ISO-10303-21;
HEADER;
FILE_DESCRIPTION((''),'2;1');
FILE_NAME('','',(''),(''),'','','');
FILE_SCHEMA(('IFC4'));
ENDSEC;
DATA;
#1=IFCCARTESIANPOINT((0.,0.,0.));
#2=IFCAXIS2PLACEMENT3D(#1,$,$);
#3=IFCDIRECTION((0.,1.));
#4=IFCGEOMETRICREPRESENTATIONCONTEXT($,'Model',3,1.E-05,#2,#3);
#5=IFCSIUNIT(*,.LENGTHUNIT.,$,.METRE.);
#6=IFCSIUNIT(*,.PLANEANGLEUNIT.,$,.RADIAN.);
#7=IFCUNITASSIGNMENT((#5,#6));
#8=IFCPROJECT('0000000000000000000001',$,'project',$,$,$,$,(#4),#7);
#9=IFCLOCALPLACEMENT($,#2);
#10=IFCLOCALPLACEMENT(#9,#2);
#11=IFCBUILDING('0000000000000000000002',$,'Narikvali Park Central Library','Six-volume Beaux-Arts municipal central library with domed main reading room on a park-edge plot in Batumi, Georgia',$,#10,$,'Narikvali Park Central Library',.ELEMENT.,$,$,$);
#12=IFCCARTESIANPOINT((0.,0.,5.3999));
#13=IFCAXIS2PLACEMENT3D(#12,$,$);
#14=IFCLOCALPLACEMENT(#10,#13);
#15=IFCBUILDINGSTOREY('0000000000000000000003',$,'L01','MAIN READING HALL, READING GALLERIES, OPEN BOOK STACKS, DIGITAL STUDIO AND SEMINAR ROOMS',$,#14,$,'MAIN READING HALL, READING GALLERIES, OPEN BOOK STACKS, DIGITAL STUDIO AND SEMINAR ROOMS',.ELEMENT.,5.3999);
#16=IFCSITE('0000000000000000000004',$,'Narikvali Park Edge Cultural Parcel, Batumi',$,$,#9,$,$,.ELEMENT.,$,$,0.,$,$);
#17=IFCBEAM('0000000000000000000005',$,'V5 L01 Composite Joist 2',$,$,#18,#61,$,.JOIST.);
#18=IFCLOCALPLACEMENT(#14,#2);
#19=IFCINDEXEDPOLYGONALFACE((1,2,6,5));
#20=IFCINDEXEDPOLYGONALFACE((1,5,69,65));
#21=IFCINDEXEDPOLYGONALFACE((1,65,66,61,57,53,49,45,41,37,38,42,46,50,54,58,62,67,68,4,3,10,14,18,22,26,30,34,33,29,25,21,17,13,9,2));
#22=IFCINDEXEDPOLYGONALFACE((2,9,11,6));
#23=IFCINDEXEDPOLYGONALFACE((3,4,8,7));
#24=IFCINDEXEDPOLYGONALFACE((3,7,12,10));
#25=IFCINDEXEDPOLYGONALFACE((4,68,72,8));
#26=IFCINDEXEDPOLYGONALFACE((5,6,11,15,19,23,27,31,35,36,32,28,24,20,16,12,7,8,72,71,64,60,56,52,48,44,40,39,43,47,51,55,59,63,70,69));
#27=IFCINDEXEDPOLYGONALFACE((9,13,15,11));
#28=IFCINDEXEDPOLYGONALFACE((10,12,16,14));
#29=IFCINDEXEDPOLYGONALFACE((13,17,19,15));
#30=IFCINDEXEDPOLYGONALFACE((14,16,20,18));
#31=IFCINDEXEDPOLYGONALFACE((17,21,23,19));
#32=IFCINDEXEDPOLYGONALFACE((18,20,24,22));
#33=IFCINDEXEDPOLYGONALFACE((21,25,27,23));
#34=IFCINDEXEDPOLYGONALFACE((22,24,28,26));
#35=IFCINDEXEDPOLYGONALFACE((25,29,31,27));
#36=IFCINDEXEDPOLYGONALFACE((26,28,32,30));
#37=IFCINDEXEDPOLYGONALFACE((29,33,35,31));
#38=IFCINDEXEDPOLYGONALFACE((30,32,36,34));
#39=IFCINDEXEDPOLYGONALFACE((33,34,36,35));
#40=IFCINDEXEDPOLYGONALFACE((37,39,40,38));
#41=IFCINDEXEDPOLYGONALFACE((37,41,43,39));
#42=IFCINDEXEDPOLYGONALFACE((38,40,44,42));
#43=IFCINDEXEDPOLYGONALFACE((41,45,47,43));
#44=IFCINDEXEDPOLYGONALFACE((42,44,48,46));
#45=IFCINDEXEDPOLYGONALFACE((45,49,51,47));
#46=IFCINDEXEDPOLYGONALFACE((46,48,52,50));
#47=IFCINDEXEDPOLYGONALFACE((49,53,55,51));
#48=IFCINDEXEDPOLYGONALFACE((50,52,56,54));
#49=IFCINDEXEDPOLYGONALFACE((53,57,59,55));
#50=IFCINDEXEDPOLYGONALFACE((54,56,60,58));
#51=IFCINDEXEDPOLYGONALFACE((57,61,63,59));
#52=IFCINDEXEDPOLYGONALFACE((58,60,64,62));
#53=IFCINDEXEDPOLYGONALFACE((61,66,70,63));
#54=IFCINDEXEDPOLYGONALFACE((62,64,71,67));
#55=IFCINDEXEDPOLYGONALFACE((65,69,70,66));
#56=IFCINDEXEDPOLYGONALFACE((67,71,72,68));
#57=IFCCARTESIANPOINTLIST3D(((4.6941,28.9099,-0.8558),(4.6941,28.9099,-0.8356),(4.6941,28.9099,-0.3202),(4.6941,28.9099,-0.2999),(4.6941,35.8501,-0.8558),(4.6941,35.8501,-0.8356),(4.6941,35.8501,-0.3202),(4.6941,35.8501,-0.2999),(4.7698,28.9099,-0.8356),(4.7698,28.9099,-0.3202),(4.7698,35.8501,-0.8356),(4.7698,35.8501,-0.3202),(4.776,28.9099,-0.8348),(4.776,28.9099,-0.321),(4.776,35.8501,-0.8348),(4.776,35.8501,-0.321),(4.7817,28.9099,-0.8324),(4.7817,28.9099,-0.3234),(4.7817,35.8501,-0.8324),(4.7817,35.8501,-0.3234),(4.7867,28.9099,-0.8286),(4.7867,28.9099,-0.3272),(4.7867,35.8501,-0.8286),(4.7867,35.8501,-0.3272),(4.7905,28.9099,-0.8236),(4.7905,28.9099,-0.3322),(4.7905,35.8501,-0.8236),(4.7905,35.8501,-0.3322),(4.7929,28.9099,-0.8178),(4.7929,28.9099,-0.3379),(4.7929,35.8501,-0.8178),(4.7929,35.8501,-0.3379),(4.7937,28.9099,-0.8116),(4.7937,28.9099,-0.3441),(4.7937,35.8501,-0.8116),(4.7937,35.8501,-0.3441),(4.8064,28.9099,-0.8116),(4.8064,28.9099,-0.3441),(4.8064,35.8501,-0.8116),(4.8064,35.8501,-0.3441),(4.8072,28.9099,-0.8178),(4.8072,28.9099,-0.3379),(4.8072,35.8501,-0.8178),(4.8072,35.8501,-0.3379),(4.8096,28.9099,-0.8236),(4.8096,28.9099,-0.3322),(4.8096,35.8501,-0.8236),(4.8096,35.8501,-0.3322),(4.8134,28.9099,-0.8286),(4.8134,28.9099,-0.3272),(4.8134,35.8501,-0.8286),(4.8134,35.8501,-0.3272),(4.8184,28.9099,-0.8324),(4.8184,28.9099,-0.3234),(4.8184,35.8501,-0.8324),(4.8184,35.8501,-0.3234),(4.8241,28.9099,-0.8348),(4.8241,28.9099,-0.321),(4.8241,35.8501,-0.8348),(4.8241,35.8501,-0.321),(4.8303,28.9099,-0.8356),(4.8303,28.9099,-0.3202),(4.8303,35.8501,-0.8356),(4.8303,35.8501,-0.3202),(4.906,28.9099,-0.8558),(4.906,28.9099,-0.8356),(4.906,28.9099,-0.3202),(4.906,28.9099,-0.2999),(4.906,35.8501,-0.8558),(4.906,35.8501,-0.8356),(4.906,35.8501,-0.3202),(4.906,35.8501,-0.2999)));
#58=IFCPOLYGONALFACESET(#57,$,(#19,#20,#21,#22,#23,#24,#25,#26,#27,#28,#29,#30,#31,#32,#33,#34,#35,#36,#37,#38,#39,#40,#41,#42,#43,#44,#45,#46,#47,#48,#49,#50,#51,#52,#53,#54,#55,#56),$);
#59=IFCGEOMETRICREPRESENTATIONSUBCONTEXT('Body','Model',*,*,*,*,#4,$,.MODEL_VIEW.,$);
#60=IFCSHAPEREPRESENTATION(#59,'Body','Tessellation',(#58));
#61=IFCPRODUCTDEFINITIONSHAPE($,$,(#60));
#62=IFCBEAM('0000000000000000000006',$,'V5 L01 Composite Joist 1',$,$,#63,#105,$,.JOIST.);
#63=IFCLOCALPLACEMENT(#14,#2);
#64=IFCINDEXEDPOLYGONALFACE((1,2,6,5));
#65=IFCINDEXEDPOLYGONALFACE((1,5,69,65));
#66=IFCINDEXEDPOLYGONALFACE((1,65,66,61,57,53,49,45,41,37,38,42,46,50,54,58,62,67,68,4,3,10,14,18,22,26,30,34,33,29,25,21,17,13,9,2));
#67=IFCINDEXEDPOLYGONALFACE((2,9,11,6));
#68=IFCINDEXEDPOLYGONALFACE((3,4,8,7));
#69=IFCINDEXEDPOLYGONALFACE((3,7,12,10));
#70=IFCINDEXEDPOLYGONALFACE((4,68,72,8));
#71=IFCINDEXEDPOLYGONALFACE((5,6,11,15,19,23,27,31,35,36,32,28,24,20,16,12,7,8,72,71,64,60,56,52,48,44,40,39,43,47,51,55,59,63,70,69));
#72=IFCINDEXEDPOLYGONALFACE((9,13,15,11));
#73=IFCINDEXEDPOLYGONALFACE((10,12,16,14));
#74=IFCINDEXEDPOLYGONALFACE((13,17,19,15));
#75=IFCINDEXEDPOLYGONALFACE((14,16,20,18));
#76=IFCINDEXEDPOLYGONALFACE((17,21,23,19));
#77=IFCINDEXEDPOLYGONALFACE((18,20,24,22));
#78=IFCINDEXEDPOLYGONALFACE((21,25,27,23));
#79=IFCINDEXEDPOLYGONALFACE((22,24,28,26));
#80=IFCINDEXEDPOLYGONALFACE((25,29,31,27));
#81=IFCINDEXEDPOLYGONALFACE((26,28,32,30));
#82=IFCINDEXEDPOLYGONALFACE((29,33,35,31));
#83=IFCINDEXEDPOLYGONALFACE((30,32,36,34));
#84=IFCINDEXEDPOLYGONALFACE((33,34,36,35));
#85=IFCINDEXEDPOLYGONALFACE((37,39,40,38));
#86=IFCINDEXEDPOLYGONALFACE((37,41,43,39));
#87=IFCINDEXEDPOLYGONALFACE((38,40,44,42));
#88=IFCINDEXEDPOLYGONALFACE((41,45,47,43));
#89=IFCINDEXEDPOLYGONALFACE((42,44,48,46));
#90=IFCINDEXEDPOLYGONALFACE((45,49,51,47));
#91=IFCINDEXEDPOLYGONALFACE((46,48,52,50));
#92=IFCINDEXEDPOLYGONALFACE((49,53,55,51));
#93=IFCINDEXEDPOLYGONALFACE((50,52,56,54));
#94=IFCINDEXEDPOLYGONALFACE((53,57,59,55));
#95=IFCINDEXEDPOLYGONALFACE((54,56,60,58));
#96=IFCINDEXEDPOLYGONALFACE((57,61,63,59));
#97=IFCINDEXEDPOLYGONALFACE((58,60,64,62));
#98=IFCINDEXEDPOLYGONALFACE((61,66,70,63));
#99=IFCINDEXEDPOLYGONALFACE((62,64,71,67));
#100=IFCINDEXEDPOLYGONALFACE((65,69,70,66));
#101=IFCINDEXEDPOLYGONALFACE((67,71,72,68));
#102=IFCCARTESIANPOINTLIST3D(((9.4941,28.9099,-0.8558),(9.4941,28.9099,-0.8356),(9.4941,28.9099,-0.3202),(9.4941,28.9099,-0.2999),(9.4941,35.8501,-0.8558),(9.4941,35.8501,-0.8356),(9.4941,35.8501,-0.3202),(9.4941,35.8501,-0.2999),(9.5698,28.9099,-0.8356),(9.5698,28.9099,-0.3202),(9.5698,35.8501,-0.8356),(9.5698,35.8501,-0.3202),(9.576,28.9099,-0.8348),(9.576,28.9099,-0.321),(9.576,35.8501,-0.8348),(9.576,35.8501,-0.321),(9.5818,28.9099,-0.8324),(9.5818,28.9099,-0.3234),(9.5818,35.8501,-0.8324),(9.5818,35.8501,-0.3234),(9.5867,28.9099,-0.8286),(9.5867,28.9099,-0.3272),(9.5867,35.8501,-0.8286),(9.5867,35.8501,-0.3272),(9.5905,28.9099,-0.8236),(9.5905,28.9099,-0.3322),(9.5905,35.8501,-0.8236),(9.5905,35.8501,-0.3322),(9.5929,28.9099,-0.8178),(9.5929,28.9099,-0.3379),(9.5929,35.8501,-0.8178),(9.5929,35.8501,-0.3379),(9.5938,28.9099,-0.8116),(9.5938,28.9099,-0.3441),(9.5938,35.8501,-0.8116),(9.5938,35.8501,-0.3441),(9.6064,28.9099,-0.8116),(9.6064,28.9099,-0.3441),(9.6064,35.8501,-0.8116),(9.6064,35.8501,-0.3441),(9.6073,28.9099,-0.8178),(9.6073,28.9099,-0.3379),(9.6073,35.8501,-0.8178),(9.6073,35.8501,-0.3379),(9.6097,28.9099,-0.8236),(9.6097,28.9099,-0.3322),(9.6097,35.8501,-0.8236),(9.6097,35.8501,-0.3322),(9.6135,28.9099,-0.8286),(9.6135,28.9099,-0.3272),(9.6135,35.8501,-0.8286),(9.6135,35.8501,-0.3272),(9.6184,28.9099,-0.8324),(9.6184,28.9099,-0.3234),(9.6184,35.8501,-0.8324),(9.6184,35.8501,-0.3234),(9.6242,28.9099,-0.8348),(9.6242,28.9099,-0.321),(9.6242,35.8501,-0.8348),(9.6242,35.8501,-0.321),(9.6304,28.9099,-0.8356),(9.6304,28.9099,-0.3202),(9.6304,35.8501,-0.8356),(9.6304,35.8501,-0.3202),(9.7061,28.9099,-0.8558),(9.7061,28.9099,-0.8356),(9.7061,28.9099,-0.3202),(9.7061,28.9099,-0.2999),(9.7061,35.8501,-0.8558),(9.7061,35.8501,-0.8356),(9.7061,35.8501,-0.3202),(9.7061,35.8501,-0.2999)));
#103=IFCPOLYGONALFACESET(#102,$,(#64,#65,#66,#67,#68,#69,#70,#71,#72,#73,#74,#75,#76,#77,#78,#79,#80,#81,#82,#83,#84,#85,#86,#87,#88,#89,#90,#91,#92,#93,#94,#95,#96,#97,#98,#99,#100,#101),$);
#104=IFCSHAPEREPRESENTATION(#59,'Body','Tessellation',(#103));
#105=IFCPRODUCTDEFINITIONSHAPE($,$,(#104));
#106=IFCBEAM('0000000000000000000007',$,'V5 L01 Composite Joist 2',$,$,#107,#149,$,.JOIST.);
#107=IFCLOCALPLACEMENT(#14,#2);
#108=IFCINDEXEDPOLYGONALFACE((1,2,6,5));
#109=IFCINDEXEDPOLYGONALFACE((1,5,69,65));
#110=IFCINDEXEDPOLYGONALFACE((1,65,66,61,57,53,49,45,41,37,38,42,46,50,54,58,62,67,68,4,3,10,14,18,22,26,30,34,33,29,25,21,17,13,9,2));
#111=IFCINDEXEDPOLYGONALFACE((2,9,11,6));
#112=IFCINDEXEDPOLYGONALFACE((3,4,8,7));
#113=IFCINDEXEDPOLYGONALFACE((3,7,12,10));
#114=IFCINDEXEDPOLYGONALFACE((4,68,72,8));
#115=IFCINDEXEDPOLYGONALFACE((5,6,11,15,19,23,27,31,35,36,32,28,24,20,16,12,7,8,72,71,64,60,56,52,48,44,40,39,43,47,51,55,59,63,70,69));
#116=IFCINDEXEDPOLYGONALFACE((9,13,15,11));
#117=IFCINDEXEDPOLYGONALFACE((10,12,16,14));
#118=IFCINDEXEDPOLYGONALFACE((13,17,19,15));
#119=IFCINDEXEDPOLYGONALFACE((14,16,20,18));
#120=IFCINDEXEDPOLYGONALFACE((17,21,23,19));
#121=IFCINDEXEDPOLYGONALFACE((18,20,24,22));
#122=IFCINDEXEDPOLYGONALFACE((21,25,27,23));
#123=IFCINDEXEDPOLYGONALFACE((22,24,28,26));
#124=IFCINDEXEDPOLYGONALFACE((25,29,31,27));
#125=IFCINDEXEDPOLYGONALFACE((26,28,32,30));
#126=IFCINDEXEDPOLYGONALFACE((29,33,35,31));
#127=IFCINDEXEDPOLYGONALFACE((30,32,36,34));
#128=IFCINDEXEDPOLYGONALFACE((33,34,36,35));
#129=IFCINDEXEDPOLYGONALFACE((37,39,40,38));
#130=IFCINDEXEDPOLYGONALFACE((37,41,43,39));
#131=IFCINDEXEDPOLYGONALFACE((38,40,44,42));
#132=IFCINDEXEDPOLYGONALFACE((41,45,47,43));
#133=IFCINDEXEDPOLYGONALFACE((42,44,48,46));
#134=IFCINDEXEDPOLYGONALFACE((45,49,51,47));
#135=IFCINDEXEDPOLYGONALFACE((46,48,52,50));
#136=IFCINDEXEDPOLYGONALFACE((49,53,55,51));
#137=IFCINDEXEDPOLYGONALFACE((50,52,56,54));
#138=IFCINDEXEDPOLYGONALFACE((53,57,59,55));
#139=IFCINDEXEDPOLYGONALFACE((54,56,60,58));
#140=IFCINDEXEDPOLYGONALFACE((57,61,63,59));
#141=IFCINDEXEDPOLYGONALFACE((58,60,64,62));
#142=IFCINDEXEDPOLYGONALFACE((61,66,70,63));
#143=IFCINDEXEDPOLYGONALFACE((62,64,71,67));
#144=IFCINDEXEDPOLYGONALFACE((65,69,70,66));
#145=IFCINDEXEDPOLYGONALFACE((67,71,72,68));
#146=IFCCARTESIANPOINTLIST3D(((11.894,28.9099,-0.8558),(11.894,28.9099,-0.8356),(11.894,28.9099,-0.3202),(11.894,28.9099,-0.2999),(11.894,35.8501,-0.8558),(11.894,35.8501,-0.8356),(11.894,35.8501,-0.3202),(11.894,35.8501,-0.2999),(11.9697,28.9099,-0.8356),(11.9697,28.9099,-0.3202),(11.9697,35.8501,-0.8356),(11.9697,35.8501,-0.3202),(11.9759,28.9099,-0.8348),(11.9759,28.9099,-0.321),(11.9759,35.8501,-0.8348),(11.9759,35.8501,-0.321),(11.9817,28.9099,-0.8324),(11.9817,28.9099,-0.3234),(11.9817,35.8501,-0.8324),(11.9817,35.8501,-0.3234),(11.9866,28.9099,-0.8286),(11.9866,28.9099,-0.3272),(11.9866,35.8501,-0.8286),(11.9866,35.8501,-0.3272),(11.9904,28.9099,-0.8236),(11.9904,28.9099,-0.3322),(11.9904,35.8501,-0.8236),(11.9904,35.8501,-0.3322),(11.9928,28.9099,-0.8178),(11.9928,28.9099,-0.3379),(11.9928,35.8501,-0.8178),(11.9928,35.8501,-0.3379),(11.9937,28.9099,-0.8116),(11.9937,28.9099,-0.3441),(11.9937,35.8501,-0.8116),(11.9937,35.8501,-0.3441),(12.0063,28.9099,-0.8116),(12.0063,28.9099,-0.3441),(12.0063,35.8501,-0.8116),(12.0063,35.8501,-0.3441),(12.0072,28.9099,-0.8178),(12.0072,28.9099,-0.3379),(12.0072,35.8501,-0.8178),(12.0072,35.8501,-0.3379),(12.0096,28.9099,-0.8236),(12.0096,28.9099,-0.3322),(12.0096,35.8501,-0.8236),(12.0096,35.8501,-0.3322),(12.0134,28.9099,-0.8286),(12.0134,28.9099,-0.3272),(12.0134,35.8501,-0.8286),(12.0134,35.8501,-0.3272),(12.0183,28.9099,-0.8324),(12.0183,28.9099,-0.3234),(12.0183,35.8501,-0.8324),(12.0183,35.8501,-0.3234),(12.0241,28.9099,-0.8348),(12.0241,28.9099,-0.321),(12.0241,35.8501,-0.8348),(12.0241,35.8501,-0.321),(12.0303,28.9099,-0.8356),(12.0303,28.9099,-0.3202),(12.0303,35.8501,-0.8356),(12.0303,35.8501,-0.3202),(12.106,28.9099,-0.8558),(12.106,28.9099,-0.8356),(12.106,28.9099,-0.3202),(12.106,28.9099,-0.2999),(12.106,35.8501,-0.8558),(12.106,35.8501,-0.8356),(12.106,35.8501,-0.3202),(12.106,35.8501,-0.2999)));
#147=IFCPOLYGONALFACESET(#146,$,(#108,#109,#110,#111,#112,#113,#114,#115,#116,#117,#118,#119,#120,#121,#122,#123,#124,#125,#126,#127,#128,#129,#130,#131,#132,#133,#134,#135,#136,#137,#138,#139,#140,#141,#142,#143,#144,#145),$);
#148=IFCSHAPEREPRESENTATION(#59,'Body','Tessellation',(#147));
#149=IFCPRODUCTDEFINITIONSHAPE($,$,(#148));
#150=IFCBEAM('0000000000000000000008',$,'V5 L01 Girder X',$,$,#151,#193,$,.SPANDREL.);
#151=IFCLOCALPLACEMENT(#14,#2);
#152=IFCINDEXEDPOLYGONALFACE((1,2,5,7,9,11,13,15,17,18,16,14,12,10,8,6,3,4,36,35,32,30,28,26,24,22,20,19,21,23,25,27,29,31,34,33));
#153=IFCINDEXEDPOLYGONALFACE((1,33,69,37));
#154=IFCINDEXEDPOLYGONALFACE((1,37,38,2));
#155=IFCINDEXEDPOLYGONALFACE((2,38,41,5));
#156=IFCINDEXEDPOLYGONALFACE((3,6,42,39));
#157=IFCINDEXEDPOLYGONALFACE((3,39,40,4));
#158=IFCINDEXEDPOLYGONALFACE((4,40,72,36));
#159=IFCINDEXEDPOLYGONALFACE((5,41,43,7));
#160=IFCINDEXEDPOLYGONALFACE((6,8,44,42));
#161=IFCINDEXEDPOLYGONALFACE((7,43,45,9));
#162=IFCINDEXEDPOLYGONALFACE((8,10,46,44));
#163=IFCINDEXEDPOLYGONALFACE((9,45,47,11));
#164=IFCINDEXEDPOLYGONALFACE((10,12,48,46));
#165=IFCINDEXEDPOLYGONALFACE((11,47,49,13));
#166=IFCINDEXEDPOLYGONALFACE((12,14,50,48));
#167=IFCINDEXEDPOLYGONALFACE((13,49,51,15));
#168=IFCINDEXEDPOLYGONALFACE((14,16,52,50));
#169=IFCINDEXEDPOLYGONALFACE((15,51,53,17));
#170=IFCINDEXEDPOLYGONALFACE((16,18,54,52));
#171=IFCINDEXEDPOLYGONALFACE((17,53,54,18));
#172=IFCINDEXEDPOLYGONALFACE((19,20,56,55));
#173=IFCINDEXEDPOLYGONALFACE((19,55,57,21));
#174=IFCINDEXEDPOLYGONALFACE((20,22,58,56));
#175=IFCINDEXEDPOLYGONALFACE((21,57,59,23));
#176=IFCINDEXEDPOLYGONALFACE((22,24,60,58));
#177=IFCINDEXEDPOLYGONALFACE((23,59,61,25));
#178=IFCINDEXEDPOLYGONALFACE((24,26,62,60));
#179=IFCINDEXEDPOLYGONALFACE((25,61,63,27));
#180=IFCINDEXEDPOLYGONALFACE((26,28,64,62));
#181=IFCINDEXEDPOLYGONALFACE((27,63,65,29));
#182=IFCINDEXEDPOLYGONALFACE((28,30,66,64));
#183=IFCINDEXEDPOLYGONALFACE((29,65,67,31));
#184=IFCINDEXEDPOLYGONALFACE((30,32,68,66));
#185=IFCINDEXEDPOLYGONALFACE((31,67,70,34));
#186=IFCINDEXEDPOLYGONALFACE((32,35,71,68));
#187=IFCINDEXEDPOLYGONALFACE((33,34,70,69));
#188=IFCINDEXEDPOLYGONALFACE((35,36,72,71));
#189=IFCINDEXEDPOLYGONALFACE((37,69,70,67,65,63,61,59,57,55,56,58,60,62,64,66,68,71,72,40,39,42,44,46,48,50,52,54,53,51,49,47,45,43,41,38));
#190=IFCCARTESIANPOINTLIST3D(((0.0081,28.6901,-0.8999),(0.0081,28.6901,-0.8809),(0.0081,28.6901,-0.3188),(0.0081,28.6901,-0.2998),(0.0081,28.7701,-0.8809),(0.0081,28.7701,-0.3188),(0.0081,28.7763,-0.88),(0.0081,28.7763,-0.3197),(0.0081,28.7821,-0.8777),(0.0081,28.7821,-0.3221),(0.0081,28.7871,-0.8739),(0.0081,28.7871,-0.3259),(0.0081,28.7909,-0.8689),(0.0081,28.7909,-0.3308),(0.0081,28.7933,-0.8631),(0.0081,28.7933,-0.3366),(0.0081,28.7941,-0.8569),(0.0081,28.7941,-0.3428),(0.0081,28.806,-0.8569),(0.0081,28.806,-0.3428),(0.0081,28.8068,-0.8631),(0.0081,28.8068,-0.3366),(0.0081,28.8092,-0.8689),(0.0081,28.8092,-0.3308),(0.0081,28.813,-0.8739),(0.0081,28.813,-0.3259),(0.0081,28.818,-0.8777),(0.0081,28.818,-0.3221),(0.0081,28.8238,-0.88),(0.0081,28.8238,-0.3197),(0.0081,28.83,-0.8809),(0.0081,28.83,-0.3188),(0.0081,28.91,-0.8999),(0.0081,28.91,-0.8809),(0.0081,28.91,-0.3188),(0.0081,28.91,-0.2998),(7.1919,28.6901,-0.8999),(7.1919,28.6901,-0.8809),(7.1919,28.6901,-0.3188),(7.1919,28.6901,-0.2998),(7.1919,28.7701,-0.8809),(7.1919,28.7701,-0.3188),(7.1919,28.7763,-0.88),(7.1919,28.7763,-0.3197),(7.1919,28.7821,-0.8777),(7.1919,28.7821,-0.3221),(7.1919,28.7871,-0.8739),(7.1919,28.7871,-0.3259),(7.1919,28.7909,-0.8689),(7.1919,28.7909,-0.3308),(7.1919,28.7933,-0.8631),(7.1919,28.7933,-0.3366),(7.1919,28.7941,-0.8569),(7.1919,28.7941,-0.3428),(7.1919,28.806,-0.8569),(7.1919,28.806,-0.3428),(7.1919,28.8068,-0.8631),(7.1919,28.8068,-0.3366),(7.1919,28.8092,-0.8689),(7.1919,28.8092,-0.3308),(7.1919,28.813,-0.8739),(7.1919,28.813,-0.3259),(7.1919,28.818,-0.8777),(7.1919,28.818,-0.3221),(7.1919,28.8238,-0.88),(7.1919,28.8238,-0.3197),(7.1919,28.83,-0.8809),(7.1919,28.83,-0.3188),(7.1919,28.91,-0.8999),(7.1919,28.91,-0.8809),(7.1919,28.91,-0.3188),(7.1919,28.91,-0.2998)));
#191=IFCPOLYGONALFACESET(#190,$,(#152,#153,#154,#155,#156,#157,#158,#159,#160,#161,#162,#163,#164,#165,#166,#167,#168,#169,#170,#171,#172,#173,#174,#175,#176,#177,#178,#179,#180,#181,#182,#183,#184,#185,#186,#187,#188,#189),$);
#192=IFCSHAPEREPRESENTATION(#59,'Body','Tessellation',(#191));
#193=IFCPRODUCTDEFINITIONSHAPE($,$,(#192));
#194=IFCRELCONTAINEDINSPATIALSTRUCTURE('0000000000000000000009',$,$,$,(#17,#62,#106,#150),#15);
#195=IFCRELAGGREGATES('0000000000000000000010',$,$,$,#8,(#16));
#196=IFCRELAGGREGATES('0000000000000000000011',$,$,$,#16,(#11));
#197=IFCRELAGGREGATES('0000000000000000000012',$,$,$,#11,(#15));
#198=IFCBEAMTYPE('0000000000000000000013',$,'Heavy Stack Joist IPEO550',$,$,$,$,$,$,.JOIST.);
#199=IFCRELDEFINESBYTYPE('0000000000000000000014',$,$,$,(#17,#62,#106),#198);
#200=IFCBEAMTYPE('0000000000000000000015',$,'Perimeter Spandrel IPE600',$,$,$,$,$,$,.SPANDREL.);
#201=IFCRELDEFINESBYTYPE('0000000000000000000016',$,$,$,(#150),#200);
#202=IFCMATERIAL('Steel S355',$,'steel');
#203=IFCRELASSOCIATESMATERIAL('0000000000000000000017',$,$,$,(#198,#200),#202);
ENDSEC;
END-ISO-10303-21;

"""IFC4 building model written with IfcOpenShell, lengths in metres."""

from ifc_helpers import new_model, si_unit, direction, frame, origin, origin_2d, place, context, subcontext, project, spatial, i_section, extrude, material, material_profile, profile_set, type_object, element, save


model = new_model("IFC4")

# Units and contexts
model_context = context("Model", 3, precision=1e-05, world=origin(), true_north=direction((0.0, 1.0)))
body_context = subcontext(model_context, "Body", "Model", "MODEL_VIEW")
ifc_project = project(units=[si_unit("LENGTHUNIT", "METRE"), si_unit("PLANEANGLEUNIT", "RADIAN")], contexts=[model_context])

# Site, building, storey
site_placement = place(None, origin())
site = spatial("IfcSite", under=ifc_project, at=site_placement, Name="Narikvali Park Edge Cultural Parcel, Batumi", CompositionType="ELEMENT", RefElevation=0.0)
building_placement = place(site_placement, origin())
building = spatial("IfcBuilding", under=site, at=building_placement, Name="Narikvali Park Central Library", Description="Six-volume Beaux-Arts municipal central library with domed main reading room on a park-edge plot in Batumi, Georgia", LongName="Narikvali Park Central Library", CompositionType="ELEMENT")
storey_placement = place(building_placement, frame((0.0, 0.0, 5.3999)))
storey = spatial("IfcBuildingStorey", under=building, at=storey_placement, Name="L01", Description="MAIN READING HALL, READING GALLERIES, OPEN BOOK STACKS, DIGITAL STUDIO AND SEMINAR ROOMS", LongName="MAIN READING HALL, READING GALLERIES, OPEN BOOK STACKS, DIGITAL STUDIO AND SEMINAR ROOMS", CompositionType="ELEMENT", Elevation=5.3999)

# Shared definitions
ifc_material_1 = material(Name="Steel S355", Category="steel")

# Beams
ifc_material_profile_1 = material_profile(ifc_material_1, i_section(OverallWidth=0.2119, OverallDepth=0.5559, WebThickness=0.0127, FlangeThickness=0.0203, FilletRadius=0.0239, at=origin_2d()), Name="IPEO 550")
ifc_profile_set_1 = profile_set([ifc_material_profile_1], Name="Steel S355")
beam_type_1 = type_object("IfcBeamType", Name="Heavy Stack Joist IPEO550", PredefinedType="JOIST", material=ifc_profile_set_1)
for number, where, z_axis, x_axis, name in (
    (1, (4.8, 28.9099, -0.5779), (0.0, 1.0, 0.0), (-1.0, 0.0, 0.0), "V5 L01 Composite Joist 2"),
    (2, (9.6001, 28.9099, -0.5779), (0.0, 1.0, 0.0), (-1.0, 0.0, 0.0), "V5 L01 Composite Joist 1"),
    (3, (12.0, 28.9099, -0.5779), (0.0, 1.0, 0.0), (-1.0, 0.0, 0.0), "V5 L01 Composite Joist 2"),
):
    element("IfcBeam", number, at=place(storey_placement, frame(where, z_axis=z_axis, x_axis=x_axis)), inside=storey, type_object=beam_type_1, Name=name, PredefinedType="JOIST", context=body_context, shape_type="SweptSolid", body=[
        extrude(i_section(OverallWidth=0.2119, OverallDepth=0.5559, WebThickness=0.0127, FlangeThickness=0.0203, FilletRadius=0.0239, at=origin_2d()), origin(), (0.0, 0.0, 1.0), 6.9402),
    ])
ifc_material_profile_2 = material_profile(ifc_material_1, i_section(OverallWidth=0.22, OverallDepth=0.6001, WebThickness=0.012, FlangeThickness=0.019, FilletRadius=0.0239, at=origin_2d()), Name="IPE 600")
ifc_profile_set_2 = profile_set([ifc_material_profile_2], Name="Steel S355")
beam_type_2 = type_object("IfcBeamType", Name="Perimeter Spandrel IPE600", PredefinedType="SPANDREL", material=ifc_profile_set_2)
beam_1_placement = place(storey_placement, frame((0.0081, 28.8, -0.5999), z_axis=(1.0, 0.0, 0.0), x_axis=(0.0, 1.0, 0.0)))
element("IfcBeam", 4, at=beam_1_placement, inside=storey, type_object=beam_type_2, Name="V5 L01 Girder X", PredefinedType="SPANDREL", context=body_context, shape_type="SweptSolid", body=[
    extrude(i_section(OverallWidth=0.22, OverallDepth=0.6001, WebThickness=0.012, FlangeThickness=0.019, FilletRadius=0.0239, at=origin_2d()), origin(), (0.0, 0.0, 1.0), 7.1838),
])

save(model, "model.ifc")
